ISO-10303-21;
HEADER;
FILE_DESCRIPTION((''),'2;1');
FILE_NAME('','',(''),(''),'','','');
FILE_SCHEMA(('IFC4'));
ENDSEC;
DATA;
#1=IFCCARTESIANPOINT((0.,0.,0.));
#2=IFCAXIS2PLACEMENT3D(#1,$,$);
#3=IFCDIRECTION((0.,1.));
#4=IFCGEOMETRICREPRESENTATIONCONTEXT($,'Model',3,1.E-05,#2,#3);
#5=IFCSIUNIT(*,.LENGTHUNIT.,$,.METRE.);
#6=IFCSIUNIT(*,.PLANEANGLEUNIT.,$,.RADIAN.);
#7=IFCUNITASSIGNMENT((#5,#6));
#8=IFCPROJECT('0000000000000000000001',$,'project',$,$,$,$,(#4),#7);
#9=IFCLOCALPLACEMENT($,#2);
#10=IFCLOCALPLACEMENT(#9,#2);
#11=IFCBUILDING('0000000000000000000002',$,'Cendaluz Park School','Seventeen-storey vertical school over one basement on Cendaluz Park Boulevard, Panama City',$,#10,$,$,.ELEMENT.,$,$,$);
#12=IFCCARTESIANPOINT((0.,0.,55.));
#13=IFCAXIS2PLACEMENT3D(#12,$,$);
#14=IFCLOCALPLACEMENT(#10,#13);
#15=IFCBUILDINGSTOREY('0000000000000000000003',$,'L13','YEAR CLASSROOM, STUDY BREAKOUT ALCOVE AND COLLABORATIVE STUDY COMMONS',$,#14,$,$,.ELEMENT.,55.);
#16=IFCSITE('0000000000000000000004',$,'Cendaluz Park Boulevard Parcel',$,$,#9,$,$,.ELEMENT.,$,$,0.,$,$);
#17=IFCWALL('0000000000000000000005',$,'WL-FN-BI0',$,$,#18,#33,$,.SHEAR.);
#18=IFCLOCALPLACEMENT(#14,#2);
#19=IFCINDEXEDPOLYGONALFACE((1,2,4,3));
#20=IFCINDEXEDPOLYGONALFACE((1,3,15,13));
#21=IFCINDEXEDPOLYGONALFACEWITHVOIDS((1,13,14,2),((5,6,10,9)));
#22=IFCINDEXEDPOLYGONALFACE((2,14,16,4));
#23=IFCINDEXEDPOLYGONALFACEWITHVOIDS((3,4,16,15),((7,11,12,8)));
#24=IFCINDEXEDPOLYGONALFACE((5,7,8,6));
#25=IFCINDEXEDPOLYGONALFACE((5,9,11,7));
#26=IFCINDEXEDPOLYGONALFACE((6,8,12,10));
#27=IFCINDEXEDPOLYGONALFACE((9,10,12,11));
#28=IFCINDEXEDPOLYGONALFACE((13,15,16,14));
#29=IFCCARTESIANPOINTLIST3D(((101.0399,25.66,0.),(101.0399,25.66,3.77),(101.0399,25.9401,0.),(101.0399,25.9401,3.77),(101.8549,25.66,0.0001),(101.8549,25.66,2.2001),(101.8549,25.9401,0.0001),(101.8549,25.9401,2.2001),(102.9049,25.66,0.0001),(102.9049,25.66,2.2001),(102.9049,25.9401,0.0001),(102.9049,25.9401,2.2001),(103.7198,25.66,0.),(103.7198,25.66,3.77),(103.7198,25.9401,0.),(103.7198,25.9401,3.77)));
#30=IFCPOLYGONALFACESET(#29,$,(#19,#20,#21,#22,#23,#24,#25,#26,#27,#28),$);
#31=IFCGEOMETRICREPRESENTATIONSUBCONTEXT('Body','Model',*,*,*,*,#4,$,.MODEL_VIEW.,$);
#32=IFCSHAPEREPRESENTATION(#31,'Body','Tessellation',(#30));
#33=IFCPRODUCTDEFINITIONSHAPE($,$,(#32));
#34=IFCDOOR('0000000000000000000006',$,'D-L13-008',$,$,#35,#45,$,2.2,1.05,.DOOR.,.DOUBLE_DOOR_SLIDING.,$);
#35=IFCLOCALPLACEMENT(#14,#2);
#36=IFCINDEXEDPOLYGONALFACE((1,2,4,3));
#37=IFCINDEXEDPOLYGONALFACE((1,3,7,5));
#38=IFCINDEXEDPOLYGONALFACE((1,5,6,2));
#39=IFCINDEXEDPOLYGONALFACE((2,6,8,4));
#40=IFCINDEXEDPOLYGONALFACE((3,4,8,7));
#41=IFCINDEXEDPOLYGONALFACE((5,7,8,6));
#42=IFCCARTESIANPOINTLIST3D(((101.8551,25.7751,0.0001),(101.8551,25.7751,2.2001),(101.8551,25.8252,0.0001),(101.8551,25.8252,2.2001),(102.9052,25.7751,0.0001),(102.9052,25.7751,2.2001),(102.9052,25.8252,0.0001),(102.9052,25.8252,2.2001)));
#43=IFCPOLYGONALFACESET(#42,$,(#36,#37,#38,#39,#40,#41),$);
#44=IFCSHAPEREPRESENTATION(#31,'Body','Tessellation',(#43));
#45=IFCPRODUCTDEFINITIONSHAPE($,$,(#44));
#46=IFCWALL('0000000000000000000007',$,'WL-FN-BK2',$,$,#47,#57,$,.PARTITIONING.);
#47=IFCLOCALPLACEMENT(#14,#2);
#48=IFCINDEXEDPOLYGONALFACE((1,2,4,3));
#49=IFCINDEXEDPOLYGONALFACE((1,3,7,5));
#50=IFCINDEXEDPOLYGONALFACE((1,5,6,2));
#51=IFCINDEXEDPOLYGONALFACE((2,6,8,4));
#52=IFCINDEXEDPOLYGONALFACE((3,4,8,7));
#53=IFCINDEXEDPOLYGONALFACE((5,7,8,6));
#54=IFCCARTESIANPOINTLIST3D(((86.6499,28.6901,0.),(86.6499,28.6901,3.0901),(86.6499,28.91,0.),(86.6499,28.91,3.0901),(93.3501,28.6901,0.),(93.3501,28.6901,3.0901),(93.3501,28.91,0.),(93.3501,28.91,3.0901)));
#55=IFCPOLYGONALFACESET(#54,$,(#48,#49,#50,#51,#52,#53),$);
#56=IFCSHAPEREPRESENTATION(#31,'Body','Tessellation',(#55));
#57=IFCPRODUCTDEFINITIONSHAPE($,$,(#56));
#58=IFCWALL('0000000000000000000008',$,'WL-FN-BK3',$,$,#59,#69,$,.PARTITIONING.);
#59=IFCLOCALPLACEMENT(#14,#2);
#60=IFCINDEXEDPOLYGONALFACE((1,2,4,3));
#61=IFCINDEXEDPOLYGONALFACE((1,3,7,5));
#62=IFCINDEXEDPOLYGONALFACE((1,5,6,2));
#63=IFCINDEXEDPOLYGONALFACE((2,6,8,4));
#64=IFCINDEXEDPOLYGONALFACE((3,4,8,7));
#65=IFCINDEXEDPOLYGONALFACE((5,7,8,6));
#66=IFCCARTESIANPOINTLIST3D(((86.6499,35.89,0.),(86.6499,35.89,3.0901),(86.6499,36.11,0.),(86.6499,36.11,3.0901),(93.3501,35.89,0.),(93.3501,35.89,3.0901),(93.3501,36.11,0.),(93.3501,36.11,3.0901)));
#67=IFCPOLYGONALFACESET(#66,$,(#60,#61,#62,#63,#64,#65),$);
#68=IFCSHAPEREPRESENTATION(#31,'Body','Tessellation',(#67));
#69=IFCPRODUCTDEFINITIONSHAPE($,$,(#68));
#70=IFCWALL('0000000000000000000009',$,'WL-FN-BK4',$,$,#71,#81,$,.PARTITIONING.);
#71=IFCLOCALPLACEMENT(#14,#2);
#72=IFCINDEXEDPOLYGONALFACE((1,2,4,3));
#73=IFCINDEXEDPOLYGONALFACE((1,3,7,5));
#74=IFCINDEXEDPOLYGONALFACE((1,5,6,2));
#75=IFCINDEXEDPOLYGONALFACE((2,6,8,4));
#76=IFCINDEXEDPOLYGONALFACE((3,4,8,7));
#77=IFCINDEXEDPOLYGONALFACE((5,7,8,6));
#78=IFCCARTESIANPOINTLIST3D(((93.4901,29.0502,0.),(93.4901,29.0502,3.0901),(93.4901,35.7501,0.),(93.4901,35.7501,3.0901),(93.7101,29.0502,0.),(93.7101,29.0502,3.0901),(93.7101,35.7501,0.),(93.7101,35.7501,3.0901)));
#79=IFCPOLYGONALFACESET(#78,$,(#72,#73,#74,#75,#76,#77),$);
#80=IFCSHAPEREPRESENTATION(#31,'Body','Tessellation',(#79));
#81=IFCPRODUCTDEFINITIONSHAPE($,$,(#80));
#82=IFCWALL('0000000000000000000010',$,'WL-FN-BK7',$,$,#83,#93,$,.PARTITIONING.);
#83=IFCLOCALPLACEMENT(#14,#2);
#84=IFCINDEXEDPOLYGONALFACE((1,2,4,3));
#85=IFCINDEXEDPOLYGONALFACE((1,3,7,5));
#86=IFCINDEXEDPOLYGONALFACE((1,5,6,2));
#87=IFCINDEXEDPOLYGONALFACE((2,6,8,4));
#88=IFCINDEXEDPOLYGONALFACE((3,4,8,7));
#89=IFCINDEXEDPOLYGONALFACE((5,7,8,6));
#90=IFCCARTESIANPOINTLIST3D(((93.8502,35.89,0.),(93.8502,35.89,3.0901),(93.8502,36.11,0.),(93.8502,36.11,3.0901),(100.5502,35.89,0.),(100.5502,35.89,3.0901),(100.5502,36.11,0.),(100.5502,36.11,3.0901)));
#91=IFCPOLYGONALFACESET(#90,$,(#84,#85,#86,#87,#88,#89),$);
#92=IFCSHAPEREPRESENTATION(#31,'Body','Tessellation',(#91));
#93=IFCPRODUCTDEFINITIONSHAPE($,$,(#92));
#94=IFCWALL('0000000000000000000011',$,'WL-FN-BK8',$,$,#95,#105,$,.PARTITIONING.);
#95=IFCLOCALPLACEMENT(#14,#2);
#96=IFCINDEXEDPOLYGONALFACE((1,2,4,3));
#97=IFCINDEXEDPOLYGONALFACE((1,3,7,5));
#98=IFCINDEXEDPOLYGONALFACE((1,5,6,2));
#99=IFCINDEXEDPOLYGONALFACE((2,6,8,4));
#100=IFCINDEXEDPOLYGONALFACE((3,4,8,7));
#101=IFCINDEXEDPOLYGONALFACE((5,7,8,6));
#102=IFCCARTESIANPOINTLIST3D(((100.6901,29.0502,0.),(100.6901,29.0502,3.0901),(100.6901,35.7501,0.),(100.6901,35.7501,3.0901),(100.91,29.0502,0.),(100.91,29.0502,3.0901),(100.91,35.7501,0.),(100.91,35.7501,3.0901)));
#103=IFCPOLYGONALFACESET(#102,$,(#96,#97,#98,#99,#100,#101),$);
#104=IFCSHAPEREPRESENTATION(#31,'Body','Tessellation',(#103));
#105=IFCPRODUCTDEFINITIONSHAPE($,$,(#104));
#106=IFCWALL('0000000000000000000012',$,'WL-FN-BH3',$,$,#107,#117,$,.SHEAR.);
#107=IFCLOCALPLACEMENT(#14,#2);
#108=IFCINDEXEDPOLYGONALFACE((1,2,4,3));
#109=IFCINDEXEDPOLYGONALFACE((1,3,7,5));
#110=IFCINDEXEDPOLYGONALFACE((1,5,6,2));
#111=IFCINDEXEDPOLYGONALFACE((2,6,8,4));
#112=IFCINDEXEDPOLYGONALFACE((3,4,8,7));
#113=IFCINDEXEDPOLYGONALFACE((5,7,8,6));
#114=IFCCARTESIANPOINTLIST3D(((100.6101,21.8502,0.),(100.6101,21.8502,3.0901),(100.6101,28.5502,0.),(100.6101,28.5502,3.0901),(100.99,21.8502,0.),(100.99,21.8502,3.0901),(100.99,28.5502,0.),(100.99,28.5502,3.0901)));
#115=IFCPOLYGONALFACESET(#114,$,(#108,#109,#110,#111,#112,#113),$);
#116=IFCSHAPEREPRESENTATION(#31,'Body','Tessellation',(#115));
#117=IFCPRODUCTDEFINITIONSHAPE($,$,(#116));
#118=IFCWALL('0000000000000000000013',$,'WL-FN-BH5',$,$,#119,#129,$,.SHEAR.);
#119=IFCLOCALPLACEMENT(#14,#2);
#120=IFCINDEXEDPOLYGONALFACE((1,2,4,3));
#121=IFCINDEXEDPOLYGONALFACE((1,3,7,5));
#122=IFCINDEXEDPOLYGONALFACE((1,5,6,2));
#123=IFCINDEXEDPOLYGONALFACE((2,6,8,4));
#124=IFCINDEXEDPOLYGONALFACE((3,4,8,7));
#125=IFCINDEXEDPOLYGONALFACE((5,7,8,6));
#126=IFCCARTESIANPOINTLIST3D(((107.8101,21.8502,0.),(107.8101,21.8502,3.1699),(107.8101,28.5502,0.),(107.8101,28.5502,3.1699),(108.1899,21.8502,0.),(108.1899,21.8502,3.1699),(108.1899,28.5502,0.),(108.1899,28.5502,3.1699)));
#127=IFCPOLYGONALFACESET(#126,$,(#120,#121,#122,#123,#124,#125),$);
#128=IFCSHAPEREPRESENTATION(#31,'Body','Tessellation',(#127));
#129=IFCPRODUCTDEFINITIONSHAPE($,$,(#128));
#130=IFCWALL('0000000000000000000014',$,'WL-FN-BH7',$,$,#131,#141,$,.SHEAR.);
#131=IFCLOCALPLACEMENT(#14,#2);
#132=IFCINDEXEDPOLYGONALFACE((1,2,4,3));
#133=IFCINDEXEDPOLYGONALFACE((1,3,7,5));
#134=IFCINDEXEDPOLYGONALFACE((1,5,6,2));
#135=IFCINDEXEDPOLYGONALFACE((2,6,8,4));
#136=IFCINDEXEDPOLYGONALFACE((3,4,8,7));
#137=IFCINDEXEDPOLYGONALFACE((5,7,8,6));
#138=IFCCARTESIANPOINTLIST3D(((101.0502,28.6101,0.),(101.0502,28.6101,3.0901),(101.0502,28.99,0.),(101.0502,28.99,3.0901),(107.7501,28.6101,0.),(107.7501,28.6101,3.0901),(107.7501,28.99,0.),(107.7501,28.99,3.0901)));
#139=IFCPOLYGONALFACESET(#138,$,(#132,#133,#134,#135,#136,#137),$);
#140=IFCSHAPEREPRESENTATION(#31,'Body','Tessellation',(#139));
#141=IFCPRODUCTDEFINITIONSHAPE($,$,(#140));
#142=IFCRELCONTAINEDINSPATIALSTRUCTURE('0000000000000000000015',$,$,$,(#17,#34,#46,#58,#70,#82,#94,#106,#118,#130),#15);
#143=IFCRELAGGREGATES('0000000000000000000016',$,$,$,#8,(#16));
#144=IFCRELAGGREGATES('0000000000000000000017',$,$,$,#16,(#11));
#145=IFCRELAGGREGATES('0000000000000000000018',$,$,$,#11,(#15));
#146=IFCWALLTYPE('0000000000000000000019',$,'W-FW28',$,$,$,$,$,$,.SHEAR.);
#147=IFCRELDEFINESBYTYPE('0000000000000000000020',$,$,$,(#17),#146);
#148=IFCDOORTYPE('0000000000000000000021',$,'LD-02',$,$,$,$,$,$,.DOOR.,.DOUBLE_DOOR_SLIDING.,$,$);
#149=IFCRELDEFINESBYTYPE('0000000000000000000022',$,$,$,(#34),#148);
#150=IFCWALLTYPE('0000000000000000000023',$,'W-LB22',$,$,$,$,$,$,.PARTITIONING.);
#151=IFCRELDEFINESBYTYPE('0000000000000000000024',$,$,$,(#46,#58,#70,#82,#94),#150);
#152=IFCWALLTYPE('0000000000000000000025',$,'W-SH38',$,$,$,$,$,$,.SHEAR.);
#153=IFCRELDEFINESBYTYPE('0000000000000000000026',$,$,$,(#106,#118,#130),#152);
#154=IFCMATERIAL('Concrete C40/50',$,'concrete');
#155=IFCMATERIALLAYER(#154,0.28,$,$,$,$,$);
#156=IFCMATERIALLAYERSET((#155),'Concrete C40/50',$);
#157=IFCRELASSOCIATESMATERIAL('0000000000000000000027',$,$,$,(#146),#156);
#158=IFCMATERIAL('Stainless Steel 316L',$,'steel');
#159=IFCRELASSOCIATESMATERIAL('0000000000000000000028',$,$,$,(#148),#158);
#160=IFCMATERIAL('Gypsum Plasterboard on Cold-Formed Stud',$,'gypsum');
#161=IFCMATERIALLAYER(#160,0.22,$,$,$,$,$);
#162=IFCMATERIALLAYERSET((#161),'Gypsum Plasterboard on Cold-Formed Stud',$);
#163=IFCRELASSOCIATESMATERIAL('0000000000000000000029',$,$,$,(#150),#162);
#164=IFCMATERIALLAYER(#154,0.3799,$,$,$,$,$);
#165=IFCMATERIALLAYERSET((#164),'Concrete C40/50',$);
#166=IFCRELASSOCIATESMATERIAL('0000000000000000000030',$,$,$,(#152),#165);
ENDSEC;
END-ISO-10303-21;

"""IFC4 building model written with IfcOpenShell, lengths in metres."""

from ifc_helpers import new_model, si_unit, direction, frame, frame_2d, origin, place, context, subcontext, project, spatial, rectangle, extrude, material, layer, layer_set, type_object, element, fill, save


model = new_model("IFC4")

# Units and contexts
model_context = context("Model", 3, precision=1e-05, world=origin(), true_north=direction((0.0, 1.0)))
body_context = subcontext(model_context, "Body", "Model", "MODEL_VIEW")
ifc_project = project(units=[si_unit("LENGTHUNIT", "METRE"), si_unit("PLANEANGLEUNIT", "RADIAN")], contexts=[model_context])

# Site, building, storey
site_placement = place(None, origin())
site = spatial("IfcSite", under=ifc_project, at=site_placement, Name="Cendaluz Park Boulevard Parcel", CompositionType="ELEMENT", RefElevation=0.0)
building_placement = place(site_placement, origin())
building = spatial("IfcBuilding", under=site, at=building_placement, Name="Cendaluz Park School", Description="Seventeen-storey vertical school over one basement on Cendaluz Park Boulevard, Panama City", CompositionType="ELEMENT")
storey_placement = place(building_placement, frame((0.0, 0.0, 55.0)))
storey = spatial("IfcBuildingStorey", under=building, at=storey_placement, Name="L13", Description="YEAR CLASSROOM, STUDY BREAKOUT ALCOVE AND COLLABORATIVE STUDY COMMONS", CompositionType="ELEMENT", Elevation=55.0)

# Shared definitions
ifc_material_1 = material(Name="Concrete C40/50", Category="concrete")
ifc_layer_1 = layer(ifc_material_1, 0.28)
ifc_layer_set_1 = layer_set([ifc_layer_1], Name="Concrete C40/50")
wall_type_1 = type_object("IfcWallType", Name="W-FW28", PredefinedType="SHEAR", material=ifc_layer_set_1)

# Wall, opening, door
wall_1_placement = place(storey_placement, frame((101.04, 25.8, 0.0), z_axis=(0.0, 0.0, 1.0), x_axis=(1.0, 0.0, 0.0)))
wall_1 = element("IfcWall", 1, at=wall_1_placement, inside=storey, type_object=wall_type_1, Name="WL-FN-BI0", PredefinedType="SHEAR", context=body_context, shape_type="SweptSolid", body=[
    extrude(rectangle(XDim=2.6799, YDim=0.28, at=frame_2d((1.3398, 0.0))), origin(), (0.0, 0.0, 1.0), 3.77),
])
opening_placement = place(wall_1_placement, frame((0.8149, 0.0, 0.0)))
opening = element("IfcOpeningElement", 2, at=opening_placement, cuts=wall_1, PredefinedType="OPENING", context=body_context, shape_type="SweptSolid", body=[
    extrude(rectangle(XDim=1.05, YDim=2.2, at=frame_2d((0.5249, 1.1001))), frame((0.0, 0.1521, 0.0), z_axis=(0.0, -1.0, 0.0), x_axis=(1.0, 0.0, 0.0)), (0.0, 0.0, 1.0), 0.304),
])
ifc_material_2 = material(Name="Stainless Steel 316L", Category="steel")
door_type = type_object("IfcDoorType", Name="LD-02", OperationType="DOUBLE_DOOR_SLIDING", PredefinedType="DOOR", material=ifc_material_2)
door_placement = place(opening_placement, frame((1.05, 0.0, 0.0), z_axis=(0.0, 0.0, 1.0), x_axis=(-1.0, 0.0, 0.0)))
door = element("IfcDoor", 3, at=door_placement, inside=storey, type_object=door_type, Name="D-L13-008", OperationType="DOUBLE_DOOR_SLIDING", OverallHeight=2.2, OverallWidth=1.05, PredefinedType="DOOR", context=body_context, shape_type="SweptSolid", body=[
    extrude(rectangle(XDim=1.05, YDim=2.2, at=frame_2d((0.5249, 1.1001))), frame((0.0, 0.0249, 0.0), z_axis=(0.0, -1.0, 0.0), x_axis=(1.0, 0.0, 0.0)), (0.0, 0.0, 1.0), 0.05),
])
fill(opening, door)

# Walls
ifc_material_3 = material(Name="Gypsum Plasterboard on Cold-Formed Stud", Category="gypsum")
ifc_layer_2 = layer(ifc_material_3, 0.22)
ifc_layer_set_2 = layer_set([ifc_layer_2], Name="Gypsum Plasterboard on Cold-Formed Stud")
wall_type_2 = type_object("IfcWallType", Name="W-LB22", PredefinedType="PARTITIONING", material=ifc_layer_set_2)
for number, where, z_axis, x_axis, name in (
    (4, (86.6499, 28.8, 0.0), (0.0, 0.0, 1.0), (1.0, 0.0, 0.0), "WL-FN-BK2"),
    (5, (86.6499, 36.0, 0.0), (0.0, 0.0, 1.0), (1.0, 0.0, 0.0), "WL-FN-BK3"),
):
    element("IfcWall", number, at=place(storey_placement, frame(where, z_axis=z_axis, x_axis=x_axis)), inside=storey, type_object=wall_type_2, Name=name, PredefinedType="PARTITIONING", context=body_context, shape_type="SweptSolid", body=[
        extrude(rectangle(XDim=6.7002, YDim=0.22, at=frame_2d((3.3501, 0.0))), origin(), (0.0, 0.0, 1.0), 3.0901),
    ])
for number, where, z_axis, x_axis, name in (
    (6, (93.6001, 29.05, 0.0), (0.0, 0.0, 1.0), (0.0, 1.0, 0.0), "WL-FN-BK4"),
    (7, (93.8501, 36.0, 0.0), (0.0, 0.0, 1.0), (1.0, 0.0, 0.0), "WL-FN-BK7"),
    (8, (100.8, 29.05, 0.0), (0.0, 0.0, 1.0), (0.0, 1.0, 0.0), "WL-FN-BK8"),
):
    element("IfcWall", number, at=place(storey_placement, frame(where, z_axis=z_axis, x_axis=x_axis)), inside=storey, type_object=wall_type_2, Name=name, PredefinedType="PARTITIONING", context=body_context, shape_type="SweptSolid", body=[
        extrude(rectangle(XDim=6.7, YDim=0.22, at=frame_2d((3.3501, 0.0))), origin(), (0.0, 0.0, 1.0), 3.0901),
    ])
ifc_layer_3 = layer(ifc_material_1, 0.3799)
ifc_layer_set_3 = layer_set([ifc_layer_3], Name="Concrete C40/50")
wall_type_3 = type_object("IfcWallType", Name="W-SH38", PredefinedType="SHEAR", material=ifc_layer_set_3)
wall_2_placement = place(storey_placement, frame((100.8, 21.8501, 0.0), z_axis=(0.0, 0.0, 1.0), x_axis=(0.0, 1.0, 0.0)))
element("IfcWall", 9, at=wall_2_placement, inside=storey, type_object=wall_type_3, Name="WL-FN-BH3", PredefinedType="SHEAR", context=body_context, shape_type="SweptSolid", body=[
    extrude(rectangle(XDim=6.7, YDim=0.3799, at=frame_2d((3.3501, 0.0))), origin(), (0.0, 0.0, 1.0), 3.0901),
])
wall_3_placement = place(storey_placement, frame((108.0, 21.8501, 0.0), z_axis=(0.0, 0.0, 1.0), x_axis=(0.0, 1.0, 0.0)))
element("IfcWall", 10, at=wall_3_placement, inside=storey, type_object=wall_type_3, Name="WL-FN-BH5", PredefinedType="SHEAR", context=body_context, shape_type="SweptSolid", body=[
    extrude(rectangle(XDim=6.7, YDim=0.3799, at=frame_2d((3.3501, 0.0))), origin(), (0.0, 0.0, 1.0), 3.1699),
])
wall_4_placement = place(storey_placement, frame((101.05, 28.8, 0.0), z_axis=(0.0, 0.0, 1.0), x_axis=(1.0, 0.0, 0.0)))
element("IfcWall", 11, at=wall_4_placement, inside=storey, type_object=wall_type_3, Name="WL-FN-BH7", PredefinedType="SHEAR", context=body_context, shape_type="SweptSolid", body=[
    extrude(rectangle(XDim=6.7, YDim=0.3799, at=frame_2d((3.3501, 0.0))), origin(), (0.0, 0.0, 1.0), 3.0901),
])

save(model, "model.ifc")
